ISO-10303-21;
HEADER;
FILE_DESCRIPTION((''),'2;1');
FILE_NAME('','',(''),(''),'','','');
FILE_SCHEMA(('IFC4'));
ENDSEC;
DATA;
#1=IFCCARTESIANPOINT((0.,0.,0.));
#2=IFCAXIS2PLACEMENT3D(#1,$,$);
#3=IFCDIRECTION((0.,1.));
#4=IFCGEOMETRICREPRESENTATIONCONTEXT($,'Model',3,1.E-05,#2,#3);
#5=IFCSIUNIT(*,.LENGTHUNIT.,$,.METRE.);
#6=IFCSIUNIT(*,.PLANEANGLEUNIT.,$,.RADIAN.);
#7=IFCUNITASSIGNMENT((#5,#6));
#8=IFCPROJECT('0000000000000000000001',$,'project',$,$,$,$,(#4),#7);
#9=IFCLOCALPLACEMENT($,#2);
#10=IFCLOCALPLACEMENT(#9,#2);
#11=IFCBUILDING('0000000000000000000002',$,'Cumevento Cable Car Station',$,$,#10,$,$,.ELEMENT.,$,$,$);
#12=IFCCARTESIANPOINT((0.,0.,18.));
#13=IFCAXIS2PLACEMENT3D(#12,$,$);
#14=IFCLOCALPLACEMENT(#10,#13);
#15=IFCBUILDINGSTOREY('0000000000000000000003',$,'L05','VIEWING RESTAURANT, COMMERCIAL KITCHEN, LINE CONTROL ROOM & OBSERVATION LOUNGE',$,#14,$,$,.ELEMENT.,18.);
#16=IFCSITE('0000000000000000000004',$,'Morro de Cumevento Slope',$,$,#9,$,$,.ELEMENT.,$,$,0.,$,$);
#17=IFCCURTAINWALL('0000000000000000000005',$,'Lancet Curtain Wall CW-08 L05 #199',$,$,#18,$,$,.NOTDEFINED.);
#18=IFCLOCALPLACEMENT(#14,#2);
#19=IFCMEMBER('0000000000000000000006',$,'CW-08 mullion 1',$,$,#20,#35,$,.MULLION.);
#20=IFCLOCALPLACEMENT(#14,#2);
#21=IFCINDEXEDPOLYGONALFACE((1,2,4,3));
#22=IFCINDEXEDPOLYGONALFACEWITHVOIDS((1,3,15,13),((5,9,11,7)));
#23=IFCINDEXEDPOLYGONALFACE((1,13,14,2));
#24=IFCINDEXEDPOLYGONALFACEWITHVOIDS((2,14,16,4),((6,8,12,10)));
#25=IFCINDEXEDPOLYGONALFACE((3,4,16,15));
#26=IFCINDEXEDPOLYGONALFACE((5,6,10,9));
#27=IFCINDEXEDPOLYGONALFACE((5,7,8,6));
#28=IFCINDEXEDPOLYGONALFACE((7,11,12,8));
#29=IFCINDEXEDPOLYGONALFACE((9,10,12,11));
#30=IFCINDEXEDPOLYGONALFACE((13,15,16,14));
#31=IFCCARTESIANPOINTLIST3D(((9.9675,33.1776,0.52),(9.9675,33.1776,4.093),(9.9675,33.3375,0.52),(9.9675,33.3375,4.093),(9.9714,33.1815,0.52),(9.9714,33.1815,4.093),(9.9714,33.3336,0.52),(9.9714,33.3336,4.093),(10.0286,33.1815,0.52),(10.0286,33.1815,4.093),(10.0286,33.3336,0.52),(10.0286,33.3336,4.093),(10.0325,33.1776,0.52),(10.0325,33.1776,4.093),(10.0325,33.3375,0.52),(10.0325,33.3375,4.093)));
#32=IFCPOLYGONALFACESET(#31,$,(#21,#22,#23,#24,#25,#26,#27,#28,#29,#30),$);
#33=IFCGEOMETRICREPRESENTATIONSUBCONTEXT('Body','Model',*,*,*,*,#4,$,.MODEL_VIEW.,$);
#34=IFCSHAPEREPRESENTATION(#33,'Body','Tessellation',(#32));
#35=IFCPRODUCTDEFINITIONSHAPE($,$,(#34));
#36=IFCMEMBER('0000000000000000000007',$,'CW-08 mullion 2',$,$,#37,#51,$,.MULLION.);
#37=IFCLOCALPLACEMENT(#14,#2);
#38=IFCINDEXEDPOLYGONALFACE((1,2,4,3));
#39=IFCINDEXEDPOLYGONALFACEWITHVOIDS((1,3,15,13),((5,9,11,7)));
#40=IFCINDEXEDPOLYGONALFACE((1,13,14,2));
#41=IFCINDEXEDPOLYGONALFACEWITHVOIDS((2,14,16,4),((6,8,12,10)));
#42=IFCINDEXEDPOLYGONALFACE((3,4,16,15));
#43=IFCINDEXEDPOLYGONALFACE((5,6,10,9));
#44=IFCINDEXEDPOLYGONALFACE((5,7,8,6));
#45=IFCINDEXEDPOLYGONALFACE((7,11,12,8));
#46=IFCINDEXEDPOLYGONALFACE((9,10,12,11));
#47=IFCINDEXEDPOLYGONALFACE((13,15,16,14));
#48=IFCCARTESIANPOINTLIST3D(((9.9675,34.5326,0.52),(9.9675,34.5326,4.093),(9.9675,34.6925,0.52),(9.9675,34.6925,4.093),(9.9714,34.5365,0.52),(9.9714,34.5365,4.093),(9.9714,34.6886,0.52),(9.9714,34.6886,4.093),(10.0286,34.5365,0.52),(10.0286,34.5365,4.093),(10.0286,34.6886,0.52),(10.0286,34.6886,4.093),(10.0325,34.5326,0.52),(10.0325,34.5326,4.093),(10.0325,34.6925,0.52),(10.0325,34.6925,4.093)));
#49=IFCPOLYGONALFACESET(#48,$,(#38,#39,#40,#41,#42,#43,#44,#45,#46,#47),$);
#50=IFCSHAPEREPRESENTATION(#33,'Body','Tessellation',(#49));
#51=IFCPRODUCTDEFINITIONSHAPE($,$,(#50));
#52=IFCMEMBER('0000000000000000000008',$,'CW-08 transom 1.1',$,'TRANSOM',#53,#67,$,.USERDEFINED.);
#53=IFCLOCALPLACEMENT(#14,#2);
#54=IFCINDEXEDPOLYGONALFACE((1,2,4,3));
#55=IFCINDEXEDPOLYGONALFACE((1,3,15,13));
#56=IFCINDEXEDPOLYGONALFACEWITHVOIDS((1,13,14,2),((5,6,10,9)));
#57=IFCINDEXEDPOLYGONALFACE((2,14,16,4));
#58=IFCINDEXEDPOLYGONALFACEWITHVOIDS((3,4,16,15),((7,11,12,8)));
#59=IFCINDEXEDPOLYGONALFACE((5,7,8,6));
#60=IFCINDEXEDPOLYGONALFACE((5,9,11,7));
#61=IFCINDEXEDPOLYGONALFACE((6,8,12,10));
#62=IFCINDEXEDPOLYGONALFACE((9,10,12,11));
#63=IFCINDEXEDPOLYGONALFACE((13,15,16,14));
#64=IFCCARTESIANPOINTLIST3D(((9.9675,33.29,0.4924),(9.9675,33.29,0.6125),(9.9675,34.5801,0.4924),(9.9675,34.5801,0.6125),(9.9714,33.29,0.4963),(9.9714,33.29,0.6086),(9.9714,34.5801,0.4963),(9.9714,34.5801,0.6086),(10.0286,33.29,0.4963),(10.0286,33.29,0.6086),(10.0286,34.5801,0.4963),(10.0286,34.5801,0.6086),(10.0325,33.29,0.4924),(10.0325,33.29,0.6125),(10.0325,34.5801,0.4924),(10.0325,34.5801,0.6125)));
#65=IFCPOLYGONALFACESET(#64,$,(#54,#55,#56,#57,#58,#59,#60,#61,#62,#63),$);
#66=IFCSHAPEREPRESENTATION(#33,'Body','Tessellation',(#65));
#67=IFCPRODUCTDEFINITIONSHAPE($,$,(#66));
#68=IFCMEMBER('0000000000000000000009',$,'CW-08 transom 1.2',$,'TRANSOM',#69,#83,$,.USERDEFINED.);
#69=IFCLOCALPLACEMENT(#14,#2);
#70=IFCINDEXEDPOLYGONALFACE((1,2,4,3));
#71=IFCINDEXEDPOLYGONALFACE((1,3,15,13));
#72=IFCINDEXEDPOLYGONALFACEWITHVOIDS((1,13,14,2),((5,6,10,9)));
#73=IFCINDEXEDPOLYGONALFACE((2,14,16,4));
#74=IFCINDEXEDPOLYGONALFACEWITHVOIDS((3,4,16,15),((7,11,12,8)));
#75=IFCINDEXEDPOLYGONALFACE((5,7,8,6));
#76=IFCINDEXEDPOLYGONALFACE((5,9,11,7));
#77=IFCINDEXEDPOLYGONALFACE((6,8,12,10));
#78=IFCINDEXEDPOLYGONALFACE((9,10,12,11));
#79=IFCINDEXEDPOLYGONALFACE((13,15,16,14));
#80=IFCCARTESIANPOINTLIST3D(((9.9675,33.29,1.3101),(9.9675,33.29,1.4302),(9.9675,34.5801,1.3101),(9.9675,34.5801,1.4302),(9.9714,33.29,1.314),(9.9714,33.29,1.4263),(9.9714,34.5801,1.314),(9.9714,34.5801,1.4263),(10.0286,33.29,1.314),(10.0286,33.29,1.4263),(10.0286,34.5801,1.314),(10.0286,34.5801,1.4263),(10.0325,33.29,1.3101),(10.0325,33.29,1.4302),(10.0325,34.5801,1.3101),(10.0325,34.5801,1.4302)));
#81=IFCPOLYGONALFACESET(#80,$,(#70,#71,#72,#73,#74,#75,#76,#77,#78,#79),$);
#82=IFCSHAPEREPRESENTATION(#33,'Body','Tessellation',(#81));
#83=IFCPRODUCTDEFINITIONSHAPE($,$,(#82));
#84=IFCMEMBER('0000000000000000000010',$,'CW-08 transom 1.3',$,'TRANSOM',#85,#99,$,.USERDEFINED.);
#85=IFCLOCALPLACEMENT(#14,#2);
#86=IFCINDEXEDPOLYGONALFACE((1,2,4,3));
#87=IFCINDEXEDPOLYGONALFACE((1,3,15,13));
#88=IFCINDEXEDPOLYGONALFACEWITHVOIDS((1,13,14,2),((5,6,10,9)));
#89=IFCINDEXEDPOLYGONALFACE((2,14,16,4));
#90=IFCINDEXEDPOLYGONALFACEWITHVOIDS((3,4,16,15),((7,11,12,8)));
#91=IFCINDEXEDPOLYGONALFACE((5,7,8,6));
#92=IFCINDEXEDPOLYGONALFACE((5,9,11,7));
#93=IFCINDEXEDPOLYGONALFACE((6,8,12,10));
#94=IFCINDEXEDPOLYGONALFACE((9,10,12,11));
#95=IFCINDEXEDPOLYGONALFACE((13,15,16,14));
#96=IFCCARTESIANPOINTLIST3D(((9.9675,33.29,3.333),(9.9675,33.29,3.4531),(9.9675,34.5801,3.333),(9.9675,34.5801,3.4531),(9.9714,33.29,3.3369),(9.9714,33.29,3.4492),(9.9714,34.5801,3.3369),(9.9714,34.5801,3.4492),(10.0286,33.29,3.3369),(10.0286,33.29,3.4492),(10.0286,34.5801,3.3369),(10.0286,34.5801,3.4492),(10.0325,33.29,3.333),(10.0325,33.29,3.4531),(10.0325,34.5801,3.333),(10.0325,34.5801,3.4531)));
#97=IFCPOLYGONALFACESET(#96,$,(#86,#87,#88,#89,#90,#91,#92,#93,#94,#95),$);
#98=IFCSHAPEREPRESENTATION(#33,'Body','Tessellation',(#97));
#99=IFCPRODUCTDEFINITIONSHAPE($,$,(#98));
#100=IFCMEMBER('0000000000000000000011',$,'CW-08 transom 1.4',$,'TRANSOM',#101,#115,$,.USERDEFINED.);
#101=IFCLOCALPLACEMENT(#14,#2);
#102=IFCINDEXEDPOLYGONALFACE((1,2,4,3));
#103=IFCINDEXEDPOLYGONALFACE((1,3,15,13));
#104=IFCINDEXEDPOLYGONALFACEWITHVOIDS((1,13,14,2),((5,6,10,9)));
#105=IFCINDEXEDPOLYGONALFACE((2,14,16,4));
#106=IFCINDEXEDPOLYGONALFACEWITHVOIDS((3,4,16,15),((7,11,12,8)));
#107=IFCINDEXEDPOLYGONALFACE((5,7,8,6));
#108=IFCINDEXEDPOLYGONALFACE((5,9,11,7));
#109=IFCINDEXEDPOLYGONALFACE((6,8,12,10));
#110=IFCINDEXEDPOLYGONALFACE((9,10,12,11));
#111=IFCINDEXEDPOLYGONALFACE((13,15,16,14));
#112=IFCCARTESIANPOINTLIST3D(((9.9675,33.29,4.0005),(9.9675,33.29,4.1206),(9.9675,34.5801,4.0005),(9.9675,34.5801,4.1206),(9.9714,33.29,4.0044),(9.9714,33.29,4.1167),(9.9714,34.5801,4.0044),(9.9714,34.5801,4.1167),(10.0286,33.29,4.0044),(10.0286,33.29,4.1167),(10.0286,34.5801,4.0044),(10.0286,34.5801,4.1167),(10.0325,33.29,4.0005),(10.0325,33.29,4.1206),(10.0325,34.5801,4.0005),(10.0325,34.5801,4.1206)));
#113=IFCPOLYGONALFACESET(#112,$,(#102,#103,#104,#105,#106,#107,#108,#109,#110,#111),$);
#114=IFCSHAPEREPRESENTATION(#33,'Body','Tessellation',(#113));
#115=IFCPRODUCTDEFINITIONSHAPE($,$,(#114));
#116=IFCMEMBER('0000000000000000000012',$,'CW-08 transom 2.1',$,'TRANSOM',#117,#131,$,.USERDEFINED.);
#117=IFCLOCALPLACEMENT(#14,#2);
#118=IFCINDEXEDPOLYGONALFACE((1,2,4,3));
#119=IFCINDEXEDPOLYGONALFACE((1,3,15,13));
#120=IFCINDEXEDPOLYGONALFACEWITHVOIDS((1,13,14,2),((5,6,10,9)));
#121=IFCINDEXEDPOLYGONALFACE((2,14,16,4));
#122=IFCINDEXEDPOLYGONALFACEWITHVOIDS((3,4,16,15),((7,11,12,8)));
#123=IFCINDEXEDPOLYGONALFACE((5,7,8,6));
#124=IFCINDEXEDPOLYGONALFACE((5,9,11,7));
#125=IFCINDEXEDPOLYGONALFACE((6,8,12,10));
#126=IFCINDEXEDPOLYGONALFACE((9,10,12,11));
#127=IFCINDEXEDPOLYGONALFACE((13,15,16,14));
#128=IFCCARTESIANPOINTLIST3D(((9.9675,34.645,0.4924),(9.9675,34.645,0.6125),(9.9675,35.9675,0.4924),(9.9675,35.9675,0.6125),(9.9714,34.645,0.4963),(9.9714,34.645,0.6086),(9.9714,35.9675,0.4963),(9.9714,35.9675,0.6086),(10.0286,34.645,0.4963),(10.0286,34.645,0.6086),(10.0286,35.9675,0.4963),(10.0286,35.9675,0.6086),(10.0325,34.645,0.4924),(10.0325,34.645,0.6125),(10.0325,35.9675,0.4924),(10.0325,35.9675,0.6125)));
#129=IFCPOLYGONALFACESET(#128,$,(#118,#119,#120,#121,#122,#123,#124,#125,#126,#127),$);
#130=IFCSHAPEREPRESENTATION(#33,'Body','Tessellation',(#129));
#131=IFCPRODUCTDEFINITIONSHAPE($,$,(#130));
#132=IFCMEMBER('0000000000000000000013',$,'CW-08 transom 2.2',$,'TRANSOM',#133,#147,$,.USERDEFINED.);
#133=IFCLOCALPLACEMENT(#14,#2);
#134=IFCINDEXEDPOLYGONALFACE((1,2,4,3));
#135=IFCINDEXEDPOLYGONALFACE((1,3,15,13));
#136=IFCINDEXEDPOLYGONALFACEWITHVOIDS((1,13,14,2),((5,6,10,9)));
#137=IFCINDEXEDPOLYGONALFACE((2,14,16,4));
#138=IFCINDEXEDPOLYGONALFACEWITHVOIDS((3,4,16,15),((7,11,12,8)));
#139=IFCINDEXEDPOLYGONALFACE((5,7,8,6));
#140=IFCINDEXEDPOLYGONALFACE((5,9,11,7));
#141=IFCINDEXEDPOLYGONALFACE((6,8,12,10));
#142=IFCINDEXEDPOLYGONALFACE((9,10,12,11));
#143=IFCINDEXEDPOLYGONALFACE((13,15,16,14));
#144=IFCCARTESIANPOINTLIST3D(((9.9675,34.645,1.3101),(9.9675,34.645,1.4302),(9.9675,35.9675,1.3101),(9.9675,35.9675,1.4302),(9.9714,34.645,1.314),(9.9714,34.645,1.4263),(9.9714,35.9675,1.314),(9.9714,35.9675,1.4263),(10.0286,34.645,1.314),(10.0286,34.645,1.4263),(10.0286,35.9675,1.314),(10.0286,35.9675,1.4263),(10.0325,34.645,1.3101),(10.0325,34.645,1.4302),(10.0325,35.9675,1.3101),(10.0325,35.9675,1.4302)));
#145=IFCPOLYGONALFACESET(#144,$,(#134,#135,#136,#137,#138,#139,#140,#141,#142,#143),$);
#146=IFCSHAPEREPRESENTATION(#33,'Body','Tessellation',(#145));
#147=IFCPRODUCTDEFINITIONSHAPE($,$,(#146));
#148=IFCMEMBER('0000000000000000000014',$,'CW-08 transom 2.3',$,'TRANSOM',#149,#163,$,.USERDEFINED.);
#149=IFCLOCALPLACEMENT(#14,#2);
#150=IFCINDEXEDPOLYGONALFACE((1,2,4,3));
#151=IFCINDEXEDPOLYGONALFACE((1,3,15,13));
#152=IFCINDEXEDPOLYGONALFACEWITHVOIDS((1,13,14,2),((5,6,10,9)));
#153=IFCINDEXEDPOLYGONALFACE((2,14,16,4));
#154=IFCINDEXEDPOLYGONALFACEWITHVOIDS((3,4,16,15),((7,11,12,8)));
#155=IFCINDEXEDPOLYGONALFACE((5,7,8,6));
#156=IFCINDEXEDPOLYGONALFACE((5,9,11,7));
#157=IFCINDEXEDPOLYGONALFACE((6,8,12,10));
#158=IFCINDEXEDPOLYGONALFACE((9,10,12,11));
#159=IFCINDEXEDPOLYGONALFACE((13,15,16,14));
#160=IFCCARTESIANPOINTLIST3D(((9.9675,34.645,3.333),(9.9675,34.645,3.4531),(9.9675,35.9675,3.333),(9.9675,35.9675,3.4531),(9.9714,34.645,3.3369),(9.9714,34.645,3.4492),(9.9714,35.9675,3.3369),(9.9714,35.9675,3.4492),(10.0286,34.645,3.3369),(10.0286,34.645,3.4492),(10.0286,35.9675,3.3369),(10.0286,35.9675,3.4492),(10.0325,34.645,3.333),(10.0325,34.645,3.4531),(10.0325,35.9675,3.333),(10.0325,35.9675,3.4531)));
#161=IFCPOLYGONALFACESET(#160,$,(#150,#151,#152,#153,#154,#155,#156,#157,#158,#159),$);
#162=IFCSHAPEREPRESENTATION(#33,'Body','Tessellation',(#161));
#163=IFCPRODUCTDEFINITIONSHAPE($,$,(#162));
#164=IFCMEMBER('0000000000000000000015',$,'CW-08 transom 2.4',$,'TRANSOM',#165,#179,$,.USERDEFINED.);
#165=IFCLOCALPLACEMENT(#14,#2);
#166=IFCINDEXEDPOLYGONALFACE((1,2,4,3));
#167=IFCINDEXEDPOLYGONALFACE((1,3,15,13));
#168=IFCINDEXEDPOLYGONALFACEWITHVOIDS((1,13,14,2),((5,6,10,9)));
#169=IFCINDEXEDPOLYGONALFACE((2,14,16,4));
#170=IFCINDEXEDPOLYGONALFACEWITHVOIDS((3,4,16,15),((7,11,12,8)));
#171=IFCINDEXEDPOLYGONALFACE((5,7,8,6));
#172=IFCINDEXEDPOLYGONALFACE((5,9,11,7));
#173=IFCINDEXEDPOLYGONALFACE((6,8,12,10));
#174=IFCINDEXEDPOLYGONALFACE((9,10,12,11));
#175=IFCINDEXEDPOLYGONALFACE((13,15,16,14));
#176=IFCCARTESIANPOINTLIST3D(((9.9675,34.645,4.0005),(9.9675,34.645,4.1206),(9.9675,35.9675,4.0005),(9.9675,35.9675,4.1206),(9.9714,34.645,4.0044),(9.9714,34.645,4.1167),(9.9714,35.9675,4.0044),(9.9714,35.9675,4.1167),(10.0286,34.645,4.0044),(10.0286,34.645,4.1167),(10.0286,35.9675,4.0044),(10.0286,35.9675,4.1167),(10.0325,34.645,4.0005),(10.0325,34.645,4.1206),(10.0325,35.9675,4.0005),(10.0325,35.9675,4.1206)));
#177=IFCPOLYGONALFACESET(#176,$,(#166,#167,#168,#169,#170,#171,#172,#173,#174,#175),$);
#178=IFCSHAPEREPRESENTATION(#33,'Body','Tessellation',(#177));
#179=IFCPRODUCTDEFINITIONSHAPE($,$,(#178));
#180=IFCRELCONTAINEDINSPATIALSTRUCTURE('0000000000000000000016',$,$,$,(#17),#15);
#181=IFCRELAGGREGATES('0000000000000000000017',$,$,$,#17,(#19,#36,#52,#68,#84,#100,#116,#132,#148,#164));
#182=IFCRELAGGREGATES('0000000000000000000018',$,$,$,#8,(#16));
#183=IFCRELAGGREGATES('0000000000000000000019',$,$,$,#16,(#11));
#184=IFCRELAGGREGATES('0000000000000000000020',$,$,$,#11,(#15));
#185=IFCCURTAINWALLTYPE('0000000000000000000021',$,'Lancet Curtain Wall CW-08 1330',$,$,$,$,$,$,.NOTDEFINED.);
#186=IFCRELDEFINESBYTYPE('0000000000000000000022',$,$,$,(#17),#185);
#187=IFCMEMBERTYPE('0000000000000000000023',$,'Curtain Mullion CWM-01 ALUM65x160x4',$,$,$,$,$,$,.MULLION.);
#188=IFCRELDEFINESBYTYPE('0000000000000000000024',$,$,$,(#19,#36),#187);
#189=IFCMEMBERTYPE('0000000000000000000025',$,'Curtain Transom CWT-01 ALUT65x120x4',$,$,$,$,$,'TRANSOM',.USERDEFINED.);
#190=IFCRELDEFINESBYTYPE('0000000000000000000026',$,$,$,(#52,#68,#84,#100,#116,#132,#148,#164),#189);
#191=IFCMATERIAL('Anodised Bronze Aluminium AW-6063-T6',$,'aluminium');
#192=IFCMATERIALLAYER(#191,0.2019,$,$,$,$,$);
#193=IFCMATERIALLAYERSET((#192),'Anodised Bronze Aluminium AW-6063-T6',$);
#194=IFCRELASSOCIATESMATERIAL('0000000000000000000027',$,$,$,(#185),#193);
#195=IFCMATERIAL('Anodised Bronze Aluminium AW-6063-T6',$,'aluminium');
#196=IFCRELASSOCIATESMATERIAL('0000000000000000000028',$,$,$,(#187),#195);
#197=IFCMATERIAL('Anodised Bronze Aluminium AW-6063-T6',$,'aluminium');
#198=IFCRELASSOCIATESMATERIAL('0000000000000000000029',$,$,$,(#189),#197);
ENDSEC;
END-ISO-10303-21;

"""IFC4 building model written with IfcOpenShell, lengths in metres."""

from ifc_helpers import new_model, si_unit, direction, frame, origin, origin_2d, place, context, subcontext, project, spatial, hollow_rectangle, extrude, material, layer, layer_set, material_profile, profile_set, type_object, element, aggregate, save


model = new_model("IFC4")

# Units and contexts
model_context = context("Model", 3, precision=1e-05, world=origin(), true_north=direction((0.0, 1.0)))
body_context = subcontext(model_context, "Body", "Model", "MODEL_VIEW")
ifc_project = project(units=[si_unit("LENGTHUNIT", "METRE"), si_unit("PLANEANGLEUNIT", "RADIAN")], contexts=[model_context])

# Site, building, storey
site_placement = place(None, origin())
site = spatial("IfcSite", under=ifc_project, at=site_placement, Name="Morro de Cumevento Slope", CompositionType="ELEMENT", RefElevation=0.0)
building_placement = place(site_placement, origin())
building = spatial("IfcBuilding", under=site, at=building_placement, Name="Cumevento Cable Car Station", CompositionType="ELEMENT")
storey_placement = place(building_placement, frame((0.0, 0.0, 18.0)))
storey = spatial("IfcBuildingStorey", under=building, at=storey_placement, Name="L05", Description="VIEWING RESTAURANT, COMMERCIAL KITCHEN, LINE CONTROL ROOM & OBSERVATION LOUNGE", CompositionType="ELEMENT", Elevation=18.0)

# Curtain wall, members
ifc_material_1 = material(Name="Anodised Bronze Aluminium AW-6063-T6", Category="aluminium")
ifc_layer_1 = layer(ifc_material_1, 0.2019)
ifc_layer_set_1 = layer_set([ifc_layer_1], Name="Anodised Bronze Aluminium AW-6063-T6")
curtain_wall_type = type_object("IfcCurtainWallType", Name="Lancet Curtain Wall CW-08 1330", PredefinedType="NOTDEFINED", material=ifc_layer_set_1)
curtain_wall_placement = place(storey_placement, origin())
curtain_wall = element("IfcCurtainWall", 1, at=curtain_wall_placement, inside=storey, type_object=curtain_wall_type, Name="Lancet Curtain Wall CW-08 L05 #199", PredefinedType="NOTDEFINED")
ifc_material_2 = material(Name="Anodised Bronze Aluminium AW-6063-T6", Category="aluminium")
ifc_material_profile_1 = material_profile(ifc_material_2, hollow_rectangle(XDim=0.0649, YDim=0.1599, WallThickness=0.0039, at=origin_2d()), Name="ALUM65x160x4")
ifc_profile_set_1 = profile_set([ifc_material_profile_1], Name="Anodised Bronze Aluminium AW-6063-T6")
member_type_1 = type_object("IfcMemberType", Name="Curtain Mullion CWM-01 ALUM65x160x4", PredefinedType="MULLION", material=ifc_profile_set_1)
member_1_placement = place(storey_placement, frame((10.0, 33.2576, 0.52), z_axis=(0.0, 0.0, 1.0), x_axis=(-1.0, 0.0, 0.0)))
member_1 = element("IfcMember", 2, at=member_1_placement, type_object=member_type_1, Name="CW-08 mullion 1", PredefinedType="MULLION", context=body_context, shape_type="SweptSolid", body=[
    extrude(hollow_rectangle(XDim=0.0649, YDim=0.1599, WallThickness=0.0039, at=origin_2d()), origin(), (0.0, 0.0, 1.0), 3.573),
])
member_2_placement = place(storey_placement, frame((10.0, 34.6125, 0.52), z_axis=(0.0, 0.0, 1.0), x_axis=(-1.0, 0.0, 0.0)))
member_2 = element("IfcMember", 3, at=member_2_placement, type_object=member_type_1, Name="CW-08 mullion 2", PredefinedType="MULLION", context=body_context, shape_type="SweptSolid", body=[
    extrude(hollow_rectangle(XDim=0.0649, YDim=0.1599, WallThickness=0.0039, at=origin_2d()), origin(), (0.0, 0.0, 1.0), 3.573),
])
ifc_material_3 = material(Name="Anodised Bronze Aluminium AW-6063-T6", Category="aluminium")
ifc_material_profile_2 = material_profile(ifc_material_3, hollow_rectangle(XDim=0.0649, YDim=0.1201, WallThickness=0.0039, at=origin_2d()), Name="ALUT65x120x4")
ifc_profile_set_2 = profile_set([ifc_material_profile_2], Name="Anodised Bronze Aluminium AW-6063-T6")
member_type_2 = type_object("IfcMemberType", Name="Curtain Transom CWT-01 ALUT65x120x4", ElementType="TRANSOM", PredefinedType="USERDEFINED", material=ifc_profile_set_2)
member_3_placement = place(storey_placement, frame((10.0, 33.29, 0.5525), z_axis=(0.0, 1.0, 0.0), x_axis=(-1.0, 0.0, 0.0)))
member_3 = element("IfcMember", 4, at=member_3_placement, type_object=member_type_2, Name="CW-08 transom 1.1", ObjectType="TRANSOM", PredefinedType="USERDEFINED", context=body_context, shape_type="SweptSolid", body=[
    extrude(hollow_rectangle(XDim=0.0649, YDim=0.1201, WallThickness=0.0039, at=origin_2d()), origin(), (0.0, 0.0, 1.0), 1.29),
])
member_4_placement = place(storey_placement, frame((10.0, 33.29, 1.3701), z_axis=(0.0, 1.0, 0.0), x_axis=(-1.0, 0.0, 0.0)))
member_4 = element("IfcMember", 5, at=member_4_placement, type_object=member_type_2, Name="CW-08 transom 1.2", ObjectType="TRANSOM", PredefinedType="USERDEFINED", context=body_context, shape_type="SweptSolid", body=[
    extrude(hollow_rectangle(XDim=0.0649, YDim=0.1201, WallThickness=0.0039, at=origin_2d()), origin(), (0.0, 0.0, 1.0), 1.29),
])
member_5_placement = place(storey_placement, frame((10.0, 33.29, 3.3931), z_axis=(0.0, 1.0, 0.0), x_axis=(-1.0, 0.0, 0.0)))
member_5 = element("IfcMember", 6, at=member_5_placement, type_object=member_type_2, Name="CW-08 transom 1.3", ObjectType="TRANSOM", PredefinedType="USERDEFINED", context=body_context, shape_type="SweptSolid", body=[
    extrude(hollow_rectangle(XDim=0.0649, YDim=0.1201, WallThickness=0.0039, at=origin_2d()), origin(), (0.0, 0.0, 1.0), 1.29),
])
member_6_placement = place(storey_placement, frame((10.0, 33.29, 4.0605), z_axis=(0.0, 1.0, 0.0), x_axis=(-1.0, 0.0, 0.0)))
member_6 = element("IfcMember", 7, at=member_6_placement, type_object=member_type_2, Name="CW-08 transom 1.4", ObjectType="TRANSOM", PredefinedType="USERDEFINED", context=body_context, shape_type="SweptSolid", body=[
    extrude(hollow_rectangle(XDim=0.0649, YDim=0.1201, WallThickness=0.0039, at=origin_2d()), origin(), (0.0, 0.0, 1.0), 1.29),
])
member_7_placement = place(storey_placement, frame((10.0, 34.645, 0.5525), z_axis=(0.0, 1.0, 0.0), x_axis=(-1.0, 0.0, 0.0)))
member_7 = element("IfcMember", 8, at=member_7_placement, type_object=member_type_2, Name="CW-08 transom 2.1", ObjectType="TRANSOM", PredefinedType="USERDEFINED", context=body_context, shape_type="SweptSolid", body=[
    extrude(hollow_rectangle(XDim=0.0649, YDim=0.1201, WallThickness=0.0039, at=origin_2d()), origin(), (0.0, 0.0, 1.0), 1.3225),
])
member_8_placement = place(storey_placement, frame((10.0, 34.645, 1.3701), z_axis=(0.0, 1.0, 0.0), x_axis=(-1.0, 0.0, 0.0)))
member_8 = element("IfcMember", 9, at=member_8_placement, type_object=member_type_2, Name="CW-08 transom 2.2", ObjectType="TRANSOM", PredefinedType="USERDEFINED", context=body_context, shape_type="SweptSolid", body=[
    extrude(hollow_rectangle(XDim=0.0649, YDim=0.1201, WallThickness=0.0039, at=origin_2d()), origin(), (0.0, 0.0, 1.0), 1.3225),
])
member_9_placement = place(storey_placement, frame((10.0, 34.645, 3.3931), z_axis=(0.0, 1.0, 0.0), x_axis=(-1.0, 0.0, 0.0)))
member_9 = element("IfcMember", 10, at=member_9_placement, type_object=member_type_2, Name="CW-08 transom 2.3", ObjectType="TRANSOM", PredefinedType="USERDEFINED", context=body_context, shape_type="SweptSolid", body=[
    extrude(hollow_rectangle(XDim=0.0649, YDim=0.1201, WallThickness=0.0039, at=origin_2d()), origin(), (0.0, 0.0, 1.0), 1.3225),
])
member_10_placement = place(storey_placement, frame((10.0, 34.645, 4.0605), z_axis=(0.0, 1.0, 0.0), x_axis=(-1.0, 0.0, 0.0)))
member_10 = element("IfcMember", 11, at=member_10_placement, type_object=member_type_2, Name="CW-08 transom 2.4", ObjectType="TRANSOM", PredefinedType="USERDEFINED", context=body_context, shape_type="SweptSolid", body=[
    extrude(hollow_rectangle(XDim=0.0649, YDim=0.1201, WallThickness=0.0039, at=origin_2d()), origin(), (0.0, 0.0, 1.0), 1.3225),
])

aggregate(curtain_wall, [member_1, member_2, member_3, member_4, member_5, member_6, member_7, member_8, member_9, member_10])

save(model, "model.ifc")
